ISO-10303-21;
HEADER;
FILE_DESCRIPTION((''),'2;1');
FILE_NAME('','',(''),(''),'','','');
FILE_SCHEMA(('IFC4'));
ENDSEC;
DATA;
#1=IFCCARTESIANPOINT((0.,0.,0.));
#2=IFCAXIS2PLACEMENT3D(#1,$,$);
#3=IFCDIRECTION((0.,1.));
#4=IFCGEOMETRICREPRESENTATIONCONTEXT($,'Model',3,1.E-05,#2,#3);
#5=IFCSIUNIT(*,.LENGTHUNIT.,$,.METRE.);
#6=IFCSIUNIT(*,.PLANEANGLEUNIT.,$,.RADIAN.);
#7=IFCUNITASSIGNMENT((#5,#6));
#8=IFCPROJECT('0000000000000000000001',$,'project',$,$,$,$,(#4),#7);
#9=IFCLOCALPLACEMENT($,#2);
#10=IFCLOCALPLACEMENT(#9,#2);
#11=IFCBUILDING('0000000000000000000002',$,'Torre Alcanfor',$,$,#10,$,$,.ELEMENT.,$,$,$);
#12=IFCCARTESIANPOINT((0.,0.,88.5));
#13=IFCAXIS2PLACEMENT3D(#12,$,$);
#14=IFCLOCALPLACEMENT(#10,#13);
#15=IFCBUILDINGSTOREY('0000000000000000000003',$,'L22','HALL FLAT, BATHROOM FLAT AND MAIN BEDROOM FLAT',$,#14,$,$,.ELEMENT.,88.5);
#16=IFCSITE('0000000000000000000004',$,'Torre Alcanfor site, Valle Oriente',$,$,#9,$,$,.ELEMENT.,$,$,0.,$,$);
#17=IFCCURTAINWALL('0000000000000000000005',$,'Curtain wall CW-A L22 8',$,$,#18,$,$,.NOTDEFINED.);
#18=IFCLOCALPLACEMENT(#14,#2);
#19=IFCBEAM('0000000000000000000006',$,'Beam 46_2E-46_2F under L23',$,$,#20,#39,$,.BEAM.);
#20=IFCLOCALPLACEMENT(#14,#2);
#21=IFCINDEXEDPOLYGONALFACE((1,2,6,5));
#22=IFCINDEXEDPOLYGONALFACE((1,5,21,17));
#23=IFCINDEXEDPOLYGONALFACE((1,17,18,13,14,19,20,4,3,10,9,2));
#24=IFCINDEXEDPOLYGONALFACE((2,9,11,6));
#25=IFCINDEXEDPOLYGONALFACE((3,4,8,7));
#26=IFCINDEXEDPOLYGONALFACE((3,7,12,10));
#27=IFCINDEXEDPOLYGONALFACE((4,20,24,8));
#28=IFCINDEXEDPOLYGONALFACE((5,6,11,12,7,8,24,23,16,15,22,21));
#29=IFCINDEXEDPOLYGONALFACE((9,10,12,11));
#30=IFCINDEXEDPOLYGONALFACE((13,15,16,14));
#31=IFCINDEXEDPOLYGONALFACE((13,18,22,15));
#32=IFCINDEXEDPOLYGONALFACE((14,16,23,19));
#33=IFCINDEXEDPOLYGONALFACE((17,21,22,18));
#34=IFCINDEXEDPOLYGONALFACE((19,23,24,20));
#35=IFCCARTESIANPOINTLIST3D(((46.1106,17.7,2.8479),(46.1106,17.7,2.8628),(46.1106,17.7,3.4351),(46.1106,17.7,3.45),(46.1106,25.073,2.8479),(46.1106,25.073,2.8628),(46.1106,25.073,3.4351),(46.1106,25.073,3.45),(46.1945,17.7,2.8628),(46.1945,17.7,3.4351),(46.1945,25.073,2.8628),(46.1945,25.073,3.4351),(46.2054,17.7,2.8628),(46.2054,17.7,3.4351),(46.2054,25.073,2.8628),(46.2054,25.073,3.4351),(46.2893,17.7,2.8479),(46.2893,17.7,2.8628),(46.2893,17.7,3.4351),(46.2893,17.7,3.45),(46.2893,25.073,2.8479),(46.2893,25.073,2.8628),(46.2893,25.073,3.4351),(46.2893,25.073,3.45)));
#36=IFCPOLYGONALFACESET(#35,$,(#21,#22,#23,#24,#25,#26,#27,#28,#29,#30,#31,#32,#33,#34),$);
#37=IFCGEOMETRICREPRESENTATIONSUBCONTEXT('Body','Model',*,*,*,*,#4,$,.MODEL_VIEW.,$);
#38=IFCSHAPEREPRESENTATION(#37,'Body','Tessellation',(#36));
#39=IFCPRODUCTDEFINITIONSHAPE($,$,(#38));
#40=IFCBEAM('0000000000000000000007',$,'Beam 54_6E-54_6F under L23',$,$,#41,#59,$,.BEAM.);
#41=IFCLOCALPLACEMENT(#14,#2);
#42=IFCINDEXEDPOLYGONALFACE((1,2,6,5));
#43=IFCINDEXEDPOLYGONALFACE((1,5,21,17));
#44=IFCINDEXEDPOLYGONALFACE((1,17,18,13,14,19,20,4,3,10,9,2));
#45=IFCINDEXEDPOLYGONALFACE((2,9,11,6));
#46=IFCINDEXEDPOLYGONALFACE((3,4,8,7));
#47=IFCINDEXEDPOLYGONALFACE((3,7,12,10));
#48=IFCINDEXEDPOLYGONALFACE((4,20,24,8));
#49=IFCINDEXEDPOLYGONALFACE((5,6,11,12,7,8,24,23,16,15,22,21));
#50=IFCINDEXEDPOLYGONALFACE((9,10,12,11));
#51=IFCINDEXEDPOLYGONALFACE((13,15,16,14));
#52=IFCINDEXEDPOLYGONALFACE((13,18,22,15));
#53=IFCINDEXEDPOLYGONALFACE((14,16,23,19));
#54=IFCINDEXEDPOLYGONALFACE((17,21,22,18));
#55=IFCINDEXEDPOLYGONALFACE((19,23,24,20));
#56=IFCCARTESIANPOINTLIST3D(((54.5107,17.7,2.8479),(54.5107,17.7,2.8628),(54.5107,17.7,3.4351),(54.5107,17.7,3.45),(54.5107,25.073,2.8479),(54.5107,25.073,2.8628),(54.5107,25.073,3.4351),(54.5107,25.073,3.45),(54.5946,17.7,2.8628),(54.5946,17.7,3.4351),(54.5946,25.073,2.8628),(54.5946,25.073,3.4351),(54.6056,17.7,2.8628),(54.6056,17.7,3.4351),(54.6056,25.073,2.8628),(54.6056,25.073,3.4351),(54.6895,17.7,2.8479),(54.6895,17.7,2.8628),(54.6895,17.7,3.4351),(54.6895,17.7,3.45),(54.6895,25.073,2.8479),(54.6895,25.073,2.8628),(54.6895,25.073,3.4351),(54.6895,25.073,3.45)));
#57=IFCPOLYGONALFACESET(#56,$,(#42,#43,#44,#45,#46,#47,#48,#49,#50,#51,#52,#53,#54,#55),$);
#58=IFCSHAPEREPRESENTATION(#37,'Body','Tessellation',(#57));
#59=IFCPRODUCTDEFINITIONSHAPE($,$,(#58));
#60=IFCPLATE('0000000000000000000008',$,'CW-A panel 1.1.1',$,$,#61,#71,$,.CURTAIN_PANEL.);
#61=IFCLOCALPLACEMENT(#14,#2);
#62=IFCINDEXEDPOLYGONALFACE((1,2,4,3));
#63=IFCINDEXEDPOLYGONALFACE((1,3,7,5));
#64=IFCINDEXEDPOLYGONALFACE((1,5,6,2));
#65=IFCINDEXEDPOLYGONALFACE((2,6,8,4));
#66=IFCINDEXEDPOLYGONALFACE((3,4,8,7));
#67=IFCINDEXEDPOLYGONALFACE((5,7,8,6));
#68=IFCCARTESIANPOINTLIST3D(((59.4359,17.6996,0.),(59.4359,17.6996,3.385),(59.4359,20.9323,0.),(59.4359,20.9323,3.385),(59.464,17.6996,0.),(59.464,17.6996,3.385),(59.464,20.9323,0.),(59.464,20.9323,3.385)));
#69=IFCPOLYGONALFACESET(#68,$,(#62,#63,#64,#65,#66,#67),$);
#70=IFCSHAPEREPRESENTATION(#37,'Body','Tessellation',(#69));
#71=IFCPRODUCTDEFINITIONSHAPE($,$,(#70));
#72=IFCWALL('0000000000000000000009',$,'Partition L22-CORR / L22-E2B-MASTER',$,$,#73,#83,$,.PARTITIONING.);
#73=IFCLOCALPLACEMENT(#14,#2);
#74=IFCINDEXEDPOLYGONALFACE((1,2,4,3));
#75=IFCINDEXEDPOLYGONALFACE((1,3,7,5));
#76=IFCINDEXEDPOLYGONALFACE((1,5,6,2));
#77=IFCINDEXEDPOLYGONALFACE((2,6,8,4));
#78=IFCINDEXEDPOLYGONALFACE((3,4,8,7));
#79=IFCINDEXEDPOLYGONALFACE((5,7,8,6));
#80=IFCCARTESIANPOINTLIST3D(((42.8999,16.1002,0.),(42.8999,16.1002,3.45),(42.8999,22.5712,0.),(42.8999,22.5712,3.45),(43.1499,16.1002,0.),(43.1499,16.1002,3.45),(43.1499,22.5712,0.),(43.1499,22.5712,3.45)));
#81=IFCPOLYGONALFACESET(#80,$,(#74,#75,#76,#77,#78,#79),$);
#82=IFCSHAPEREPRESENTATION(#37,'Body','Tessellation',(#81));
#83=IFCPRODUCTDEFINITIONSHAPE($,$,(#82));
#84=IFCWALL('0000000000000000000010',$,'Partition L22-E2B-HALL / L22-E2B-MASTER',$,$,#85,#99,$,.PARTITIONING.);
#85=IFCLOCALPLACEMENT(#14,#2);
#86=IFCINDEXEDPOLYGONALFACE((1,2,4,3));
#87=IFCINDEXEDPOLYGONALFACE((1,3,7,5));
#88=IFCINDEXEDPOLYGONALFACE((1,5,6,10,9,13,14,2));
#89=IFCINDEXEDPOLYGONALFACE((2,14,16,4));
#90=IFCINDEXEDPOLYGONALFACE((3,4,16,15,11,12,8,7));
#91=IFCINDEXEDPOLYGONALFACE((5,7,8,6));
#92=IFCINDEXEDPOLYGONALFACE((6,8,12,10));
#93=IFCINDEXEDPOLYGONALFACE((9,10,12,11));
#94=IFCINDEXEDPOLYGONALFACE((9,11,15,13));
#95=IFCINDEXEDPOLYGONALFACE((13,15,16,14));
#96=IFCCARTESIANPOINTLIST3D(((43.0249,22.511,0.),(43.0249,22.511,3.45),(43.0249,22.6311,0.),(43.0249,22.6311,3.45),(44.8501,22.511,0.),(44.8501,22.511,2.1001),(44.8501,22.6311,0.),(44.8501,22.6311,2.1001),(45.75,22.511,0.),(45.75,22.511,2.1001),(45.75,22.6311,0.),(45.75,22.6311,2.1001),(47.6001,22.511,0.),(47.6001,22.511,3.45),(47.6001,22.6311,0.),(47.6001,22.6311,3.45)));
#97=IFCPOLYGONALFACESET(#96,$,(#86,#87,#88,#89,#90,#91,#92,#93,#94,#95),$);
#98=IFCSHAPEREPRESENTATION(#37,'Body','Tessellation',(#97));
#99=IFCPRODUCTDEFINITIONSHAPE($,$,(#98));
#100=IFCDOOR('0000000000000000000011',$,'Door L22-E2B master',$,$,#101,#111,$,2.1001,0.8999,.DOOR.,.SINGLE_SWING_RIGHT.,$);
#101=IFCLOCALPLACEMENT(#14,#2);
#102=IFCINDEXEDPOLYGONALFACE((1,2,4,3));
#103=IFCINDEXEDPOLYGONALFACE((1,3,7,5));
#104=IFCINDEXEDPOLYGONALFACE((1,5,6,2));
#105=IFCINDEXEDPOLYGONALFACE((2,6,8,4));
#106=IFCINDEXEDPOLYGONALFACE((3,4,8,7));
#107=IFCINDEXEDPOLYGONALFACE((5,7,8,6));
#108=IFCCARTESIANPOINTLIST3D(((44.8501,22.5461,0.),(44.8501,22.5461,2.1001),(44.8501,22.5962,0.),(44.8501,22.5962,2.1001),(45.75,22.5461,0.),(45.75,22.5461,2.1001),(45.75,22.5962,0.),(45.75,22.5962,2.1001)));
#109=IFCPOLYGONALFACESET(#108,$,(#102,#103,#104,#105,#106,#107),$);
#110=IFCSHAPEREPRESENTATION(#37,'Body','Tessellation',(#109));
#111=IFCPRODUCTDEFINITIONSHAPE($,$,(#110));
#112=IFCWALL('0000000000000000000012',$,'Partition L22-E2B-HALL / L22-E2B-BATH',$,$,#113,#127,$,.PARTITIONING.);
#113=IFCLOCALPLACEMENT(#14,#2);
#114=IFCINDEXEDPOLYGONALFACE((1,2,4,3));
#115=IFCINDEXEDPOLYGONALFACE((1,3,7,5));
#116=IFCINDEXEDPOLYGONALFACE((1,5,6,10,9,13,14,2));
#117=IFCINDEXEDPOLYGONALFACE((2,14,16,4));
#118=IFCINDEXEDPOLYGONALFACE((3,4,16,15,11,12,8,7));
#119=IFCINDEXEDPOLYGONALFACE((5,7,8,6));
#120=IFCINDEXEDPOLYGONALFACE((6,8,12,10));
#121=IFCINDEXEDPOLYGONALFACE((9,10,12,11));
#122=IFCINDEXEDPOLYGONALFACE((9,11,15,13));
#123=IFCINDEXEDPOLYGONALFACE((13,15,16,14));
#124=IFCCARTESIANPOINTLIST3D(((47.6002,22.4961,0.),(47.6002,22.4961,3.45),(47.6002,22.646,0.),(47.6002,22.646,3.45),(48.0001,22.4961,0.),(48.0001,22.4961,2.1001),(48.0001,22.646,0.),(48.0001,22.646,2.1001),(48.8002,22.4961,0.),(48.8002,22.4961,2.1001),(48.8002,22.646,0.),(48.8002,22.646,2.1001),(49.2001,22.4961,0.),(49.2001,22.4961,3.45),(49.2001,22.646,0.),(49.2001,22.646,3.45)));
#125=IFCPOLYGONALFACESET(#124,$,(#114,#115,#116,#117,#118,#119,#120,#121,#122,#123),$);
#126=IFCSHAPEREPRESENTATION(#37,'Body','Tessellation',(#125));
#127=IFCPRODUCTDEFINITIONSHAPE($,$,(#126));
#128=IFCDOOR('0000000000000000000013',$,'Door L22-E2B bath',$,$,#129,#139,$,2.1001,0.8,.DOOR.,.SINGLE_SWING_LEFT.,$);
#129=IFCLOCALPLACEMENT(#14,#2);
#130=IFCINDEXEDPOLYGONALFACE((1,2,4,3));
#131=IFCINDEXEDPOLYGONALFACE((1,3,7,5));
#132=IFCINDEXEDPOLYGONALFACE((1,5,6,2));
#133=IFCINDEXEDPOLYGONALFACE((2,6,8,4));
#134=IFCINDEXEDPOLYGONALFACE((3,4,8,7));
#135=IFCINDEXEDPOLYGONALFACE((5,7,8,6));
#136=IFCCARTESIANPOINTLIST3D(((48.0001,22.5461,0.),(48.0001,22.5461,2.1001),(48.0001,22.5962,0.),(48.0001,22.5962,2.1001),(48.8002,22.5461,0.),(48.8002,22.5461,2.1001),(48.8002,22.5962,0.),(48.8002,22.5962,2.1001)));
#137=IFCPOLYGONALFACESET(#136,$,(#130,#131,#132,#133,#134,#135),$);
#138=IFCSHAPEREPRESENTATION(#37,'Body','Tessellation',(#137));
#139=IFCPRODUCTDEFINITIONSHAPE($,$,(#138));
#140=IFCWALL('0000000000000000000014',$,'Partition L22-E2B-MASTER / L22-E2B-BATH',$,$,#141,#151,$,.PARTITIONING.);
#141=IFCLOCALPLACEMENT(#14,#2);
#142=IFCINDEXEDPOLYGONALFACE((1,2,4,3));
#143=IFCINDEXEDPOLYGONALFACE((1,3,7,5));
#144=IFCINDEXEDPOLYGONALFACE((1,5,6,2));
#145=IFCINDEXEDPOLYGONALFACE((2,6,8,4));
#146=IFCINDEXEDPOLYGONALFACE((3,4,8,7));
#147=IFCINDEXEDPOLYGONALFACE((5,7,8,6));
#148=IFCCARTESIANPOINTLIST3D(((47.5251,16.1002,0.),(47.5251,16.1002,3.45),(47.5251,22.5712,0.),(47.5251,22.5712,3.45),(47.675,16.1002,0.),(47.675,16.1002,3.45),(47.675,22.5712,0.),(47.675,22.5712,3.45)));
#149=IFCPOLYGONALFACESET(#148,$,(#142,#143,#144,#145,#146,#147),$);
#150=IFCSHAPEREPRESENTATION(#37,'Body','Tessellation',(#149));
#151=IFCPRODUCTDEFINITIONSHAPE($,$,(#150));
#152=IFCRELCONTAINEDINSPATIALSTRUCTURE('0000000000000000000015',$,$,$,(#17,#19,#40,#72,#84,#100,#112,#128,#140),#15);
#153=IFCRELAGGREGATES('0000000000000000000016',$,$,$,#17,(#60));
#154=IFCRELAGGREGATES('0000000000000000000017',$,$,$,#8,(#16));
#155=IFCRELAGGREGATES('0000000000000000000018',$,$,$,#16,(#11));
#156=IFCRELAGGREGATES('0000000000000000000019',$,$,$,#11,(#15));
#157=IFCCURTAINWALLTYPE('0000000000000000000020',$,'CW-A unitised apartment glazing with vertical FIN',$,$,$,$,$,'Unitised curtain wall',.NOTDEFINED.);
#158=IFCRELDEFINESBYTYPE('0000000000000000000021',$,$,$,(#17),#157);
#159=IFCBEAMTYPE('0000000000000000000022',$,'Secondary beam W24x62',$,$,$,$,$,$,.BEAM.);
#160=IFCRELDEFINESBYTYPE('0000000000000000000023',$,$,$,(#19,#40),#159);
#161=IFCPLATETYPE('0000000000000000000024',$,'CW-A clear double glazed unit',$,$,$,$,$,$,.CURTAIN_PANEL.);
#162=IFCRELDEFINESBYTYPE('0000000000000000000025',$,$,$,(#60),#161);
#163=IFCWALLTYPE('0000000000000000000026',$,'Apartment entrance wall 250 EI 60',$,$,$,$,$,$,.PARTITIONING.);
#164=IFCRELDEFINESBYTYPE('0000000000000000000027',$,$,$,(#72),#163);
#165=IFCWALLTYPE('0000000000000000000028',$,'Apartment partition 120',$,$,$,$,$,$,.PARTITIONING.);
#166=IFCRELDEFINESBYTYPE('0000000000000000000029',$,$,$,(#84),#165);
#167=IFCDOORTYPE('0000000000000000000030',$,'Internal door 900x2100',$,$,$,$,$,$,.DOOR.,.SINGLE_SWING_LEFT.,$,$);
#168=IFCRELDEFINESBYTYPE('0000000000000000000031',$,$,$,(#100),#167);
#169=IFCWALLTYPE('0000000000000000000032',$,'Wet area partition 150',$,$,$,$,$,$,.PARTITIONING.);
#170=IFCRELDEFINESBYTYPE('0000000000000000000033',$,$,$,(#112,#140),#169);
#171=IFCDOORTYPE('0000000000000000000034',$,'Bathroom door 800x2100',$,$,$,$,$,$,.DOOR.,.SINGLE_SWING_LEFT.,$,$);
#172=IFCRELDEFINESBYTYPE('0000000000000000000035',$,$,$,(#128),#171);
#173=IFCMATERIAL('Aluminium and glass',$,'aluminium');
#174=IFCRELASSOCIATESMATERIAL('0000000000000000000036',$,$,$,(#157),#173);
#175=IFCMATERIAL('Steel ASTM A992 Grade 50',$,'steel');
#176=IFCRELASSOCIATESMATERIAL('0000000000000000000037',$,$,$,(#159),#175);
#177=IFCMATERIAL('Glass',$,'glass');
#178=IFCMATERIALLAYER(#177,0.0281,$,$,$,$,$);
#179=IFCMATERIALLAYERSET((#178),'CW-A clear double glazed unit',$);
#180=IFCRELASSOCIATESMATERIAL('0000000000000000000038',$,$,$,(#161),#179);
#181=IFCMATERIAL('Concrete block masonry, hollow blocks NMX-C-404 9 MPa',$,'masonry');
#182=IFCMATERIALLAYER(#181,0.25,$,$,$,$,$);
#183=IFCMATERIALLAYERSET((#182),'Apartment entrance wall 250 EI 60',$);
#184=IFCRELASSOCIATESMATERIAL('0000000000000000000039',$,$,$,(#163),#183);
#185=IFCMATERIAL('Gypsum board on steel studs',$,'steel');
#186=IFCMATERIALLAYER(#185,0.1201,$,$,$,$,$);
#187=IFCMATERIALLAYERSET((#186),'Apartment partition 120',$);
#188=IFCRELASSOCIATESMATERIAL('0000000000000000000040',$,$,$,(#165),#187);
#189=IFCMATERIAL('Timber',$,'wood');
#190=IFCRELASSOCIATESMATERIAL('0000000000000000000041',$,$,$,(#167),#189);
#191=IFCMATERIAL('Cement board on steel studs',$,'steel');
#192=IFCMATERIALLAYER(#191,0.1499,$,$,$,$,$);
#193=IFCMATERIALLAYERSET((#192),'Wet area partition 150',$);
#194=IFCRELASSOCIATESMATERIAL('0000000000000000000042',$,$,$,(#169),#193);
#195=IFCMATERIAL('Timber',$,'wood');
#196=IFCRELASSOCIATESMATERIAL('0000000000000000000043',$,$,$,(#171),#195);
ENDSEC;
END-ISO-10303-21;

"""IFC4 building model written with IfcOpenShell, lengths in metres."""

from ifc_helpers import new_model, si_unit, direction, frame, frame_2d, origin, origin_2d, place, context, subcontext, project, spatial, rectangle, i_section, extrude, material, layer, layer_set, material_profile, profile_set, type_object, element, fill, aggregate, save


model = new_model("IFC4")

# Units and contexts
model_context = context("Model", 3, precision=1e-05, world=origin(), true_north=direction((0.0, 1.0)))
body_context = subcontext(model_context, "Body", "Model", "MODEL_VIEW")
ifc_project = project(units=[si_unit("LENGTHUNIT", "METRE"), si_unit("PLANEANGLEUNIT", "RADIAN")], contexts=[model_context])

# Site, building, storey
site_placement = place(None, origin())
site = spatial("IfcSite", under=ifc_project, at=site_placement, Name="Torre Alcanfor site, Valle Oriente", CompositionType="ELEMENT", RefElevation=0.0)
building_placement = place(site_placement, origin())
building = spatial("IfcBuilding", under=site, at=building_placement, Name="Torre Alcanfor", CompositionType="ELEMENT")
storey_placement = place(building_placement, frame((0.0, 0.0, 88.5)))
storey = spatial("IfcBuildingStorey", under=building, at=storey_placement, Name="L22", Description="HALL FLAT, BATHROOM FLAT AND MAIN BEDROOM FLAT", CompositionType="ELEMENT", Elevation=88.5)

# Curtain wall
ifc_material_1 = material(Name="Aluminium and glass", Category="aluminium")
curtain_wall_type = type_object("IfcCurtainWallType", Name="CW-A unitised apartment glazing with vertical FIN", ElementType="Unitised curtain wall", PredefinedType="NOTDEFINED", material=ifc_material_1)
curtain_wall_placement = place(storey_placement, origin())
curtain_wall = element("IfcCurtainWall", 1, at=curtain_wall_placement, inside=storey, type_object=curtain_wall_type, Name="Curtain wall CW-A L22 8", PredefinedType="NOTDEFINED")

# Beams
ifc_material_2 = material(Name="Steel ASTM A992 Grade 50", Category="steel")
ifc_material_profile_1 = material_profile(ifc_material_2, i_section(OverallWidth=0.1787, OverallDepth=0.6021, WebThickness=0.011, FlangeThickness=0.0149, at=origin_2d()), Name="W24x62")
ifc_profile_set_1 = profile_set([ifc_material_profile_1], Name="Steel ASTM A992 Grade 50")
beam_type_1 = type_object("IfcBeamType", Name="Secondary beam W24x62", PredefinedType="BEAM", material=ifc_profile_set_1)
for number, where, z_axis, x_axis, name in (
    (2, (46.2, 17.7, 3.1489), (0.0, 1.0, 0.0), (-1.0, 0.0, 0.0), "Beam 46_2E-46_2F under L23"),
    (3, (54.6001, 17.7, 3.1489), (0.0, 1.0, 0.0), (-1.0, 0.0, 0.0), "Beam 54_6E-54_6F under L23"),
):
    element("IfcBeam", number, at=place(storey_placement, frame(where, z_axis=z_axis, x_axis=x_axis)), inside=storey, type_object=beam_type_1, Name=name, PredefinedType="BEAM", context=body_context, shape_type="SweptSolid", body=[
        extrude(i_section(OverallWidth=0.1787, OverallDepth=0.6021, WebThickness=0.011, FlangeThickness=0.0149, at=origin_2d()), origin(), (0.0, 0.0, 1.0), 7.373),
    ])

# Plate
ifc_material_3 = material(Name="Glass", Category="glass")
ifc_layer_1 = layer(ifc_material_3, 0.0281)
ifc_layer_set_1 = layer_set([ifc_layer_1], Name="CW-A clear double glazed unit")
plate_type = type_object("IfcPlateType", Name="CW-A clear double glazed unit", PredefinedType="CURTAIN_PANEL", material=ifc_layer_set_1)
plate_placement = place(storey_placement, frame((59.45, 19.3159, 0.0), z_axis=(0.0, 0.0, 1.0), x_axis=(0.0, 1.0, 0.0)))
plate = element("IfcPlate", 4, at=plate_placement, type_object=plate_type, Name="CW-A panel 1.1.1", PredefinedType="CURTAIN_PANEL", context=body_context, shape_type="SweptSolid", body=[
    extrude(rectangle(XDim=3.2327, YDim=0.0281, at=origin_2d()), origin(), (0.0, 0.0, 1.0), 3.385),
])
aggregate(curtain_wall, [plate])

# Wall
ifc_material_4 = material(Name="Concrete block masonry, hollow blocks NMX-C-404 9 MPa", Category="masonry")
ifc_layer_2 = layer(ifc_material_4, 0.25)
ifc_layer_set_2 = layer_set([ifc_layer_2], Name="Apartment entrance wall 250 EI 60")
wall_type_1 = type_object("IfcWallType", Name="Apartment entrance wall 250 EI 60", PredefinedType="PARTITIONING", material=ifc_layer_set_2)
wall_1_placement = place(storey_placement, frame((43.0249, 22.571, 0.0), z_axis=(0.0, 0.0, 1.0), x_axis=(0.0, -1.0, 0.0)))
element("IfcWall", 5, at=wall_1_placement, inside=storey, type_object=wall_type_1, Name="Partition L22-CORR / L22-E2B-MASTER", PredefinedType="PARTITIONING", context=body_context, shape_type="SweptSolid", body=[
    extrude(rectangle(XDim=6.4709, YDim=0.25, at=frame_2d((3.2354, 0.0))), origin(), (0.0, 0.0, 1.0), 3.45),
])

# Walls, openings, doors
ifc_material_5 = material(Name="Gypsum board on steel studs", Category="steel")
ifc_layer_3 = layer(ifc_material_5, 0.1201)
ifc_layer_set_3 = layer_set([ifc_layer_3], Name="Apartment partition 120")
wall_type_2 = type_object("IfcWallType", Name="Apartment partition 120", PredefinedType="PARTITIONING", material=ifc_layer_set_3)
wall_2_placement = place(storey_placement, frame((47.6001, 22.571, 0.0), z_axis=(0.0, 0.0, 1.0), x_axis=(-1.0, 0.0, 0.0)))
wall_2 = element("IfcWall", 6, at=wall_2_placement, inside=storey, type_object=wall_type_2, Name="Partition L22-E2B-HALL / L22-E2B-MASTER", PredefinedType="PARTITIONING", context=body_context, shape_type="SweptSolid", body=[
    extrude(rectangle(XDim=4.5752, YDim=0.1201, at=frame_2d((2.2876, 0.0))), origin(), (0.0, 0.0, 1.0), 3.45),
])
opening_1_placement = place(wall_2_placement, frame((1.8501, 0.0, 0.0)))
opening_1 = element("IfcOpeningElement", 7, at=opening_1_placement, cuts=wall_2, PredefinedType="OPENING", context=body_context, shape_type="SweptSolid", body=[
    extrude(rectangle(XDim=0.8999, YDim=2.1001, at=frame_2d((0.45, 1.05))), frame((0.0, 0.0701, 0.0), z_axis=(0.0, -1.0, 0.0), x_axis=(1.0, 0.0, 0.0)), (0.0, 0.0, 1.0), 0.1401),
])
ifc_material_6 = material(Name="Timber", Category="wood")
door_type_1 = type_object("IfcDoorType", Name="Internal door 900x2100", OperationType="SINGLE_SWING_LEFT", PredefinedType="DOOR", material=ifc_material_6)
door_1_placement = place(opening_1_placement, origin())
door_1 = element("IfcDoor", 8, at=door_1_placement, inside=storey, type_object=door_type_1, Name="Door L22-E2B master", OperationType="SINGLE_SWING_RIGHT", OverallHeight=2.1001, OverallWidth=0.8999, PredefinedType="DOOR", context=body_context, shape_type="SweptSolid", body=[
    extrude(rectangle(XDim=0.8999, YDim=2.1001, at=frame_2d((0.45, 1.05))), frame((0.0, 0.0249, 0.0), z_axis=(0.0, -1.0, 0.0), x_axis=(1.0, 0.0, 0.0)), (0.0, 0.0, 1.0), 0.05),
])
fill(opening_1, door_1)
ifc_material_7 = material(Name="Cement board on steel studs", Category="steel")
ifc_layer_4 = layer(ifc_material_7, 0.1499)
ifc_layer_set_4 = layer_set([ifc_layer_4], Name="Wet area partition 150")
wall_type_3 = type_object("IfcWallType", Name="Wet area partition 150", PredefinedType="PARTITIONING", material=ifc_layer_set_4)
wall_3_placement = place(storey_placement, frame((49.2, 22.571, 0.0), z_axis=(0.0, 0.0, 1.0), x_axis=(-1.0, 0.0, 0.0)))
wall_3 = element("IfcWall", 9, at=wall_3_placement, inside=storey, type_object=wall_type_3, Name="Partition L22-E2B-HALL / L22-E2B-BATH", PredefinedType="PARTITIONING", context=body_context, shape_type="SweptSolid", body=[
    extrude(rectangle(XDim=1.5999, YDim=0.1499, at=frame_2d((0.7998, 0.0))), origin(), (0.0, 0.0, 1.0), 3.45),
])
opening_2_placement = place(wall_3_placement, frame((0.3999, 0.0, 0.0)))
opening_2 = element("IfcOpeningElement", 10, at=opening_2_placement, cuts=wall_3, PredefinedType="OPENING", context=body_context, shape_type="SweptSolid", body=[
    extrude(rectangle(XDim=0.8, YDim=2.1001, at=frame_2d((0.3999, 1.05))), frame((0.0, 0.085, 0.0), z_axis=(0.0, -1.0, 0.0), x_axis=(1.0, 0.0, 0.0)), (0.0, 0.0, 1.0), 0.1699),
])
ifc_material_8 = material(Name="Timber", Category="wood")
door_type_2 = type_object("IfcDoorType", Name="Bathroom door 800x2100", OperationType="SINGLE_SWING_LEFT", PredefinedType="DOOR", material=ifc_material_8)
door_2_placement = place(opening_2_placement, origin())
door_2 = element("IfcDoor", 11, at=door_2_placement, inside=storey, type_object=door_type_2, Name="Door L22-E2B bath", OperationType="SINGLE_SWING_LEFT", OverallHeight=2.1001, OverallWidth=0.8, PredefinedType="DOOR", context=body_context, shape_type="SweptSolid", body=[
    extrude(rectangle(XDim=0.8, YDim=2.1001, at=frame_2d((0.3999, 1.05))), frame((0.0, 0.0249, 0.0), z_axis=(0.0, -1.0, 0.0), x_axis=(1.0, 0.0, 0.0)), (0.0, 0.0, 1.0), 0.05),
])
fill(opening_2, door_2)

# Wall
wall_4_placement = place(storey_placement, frame((47.6001, 22.571, 0.0), z_axis=(0.0, 0.0, 1.0), x_axis=(0.0, -1.0, 0.0)))
element("IfcWall", 12, at=wall_4_placement, inside=storey, type_object=wall_type_3, Name="Partition L22-E2B-MASTER / L22-E2B-BATH", PredefinedType="PARTITIONING", context=body_context, shape_type="SweptSolid", body=[
    extrude(rectangle(XDim=6.4709, YDim=0.1499, at=frame_2d((3.2354, 0.0))), origin(), (0.0, 0.0, 1.0), 3.45),
])

save(model, "model.ifc")
